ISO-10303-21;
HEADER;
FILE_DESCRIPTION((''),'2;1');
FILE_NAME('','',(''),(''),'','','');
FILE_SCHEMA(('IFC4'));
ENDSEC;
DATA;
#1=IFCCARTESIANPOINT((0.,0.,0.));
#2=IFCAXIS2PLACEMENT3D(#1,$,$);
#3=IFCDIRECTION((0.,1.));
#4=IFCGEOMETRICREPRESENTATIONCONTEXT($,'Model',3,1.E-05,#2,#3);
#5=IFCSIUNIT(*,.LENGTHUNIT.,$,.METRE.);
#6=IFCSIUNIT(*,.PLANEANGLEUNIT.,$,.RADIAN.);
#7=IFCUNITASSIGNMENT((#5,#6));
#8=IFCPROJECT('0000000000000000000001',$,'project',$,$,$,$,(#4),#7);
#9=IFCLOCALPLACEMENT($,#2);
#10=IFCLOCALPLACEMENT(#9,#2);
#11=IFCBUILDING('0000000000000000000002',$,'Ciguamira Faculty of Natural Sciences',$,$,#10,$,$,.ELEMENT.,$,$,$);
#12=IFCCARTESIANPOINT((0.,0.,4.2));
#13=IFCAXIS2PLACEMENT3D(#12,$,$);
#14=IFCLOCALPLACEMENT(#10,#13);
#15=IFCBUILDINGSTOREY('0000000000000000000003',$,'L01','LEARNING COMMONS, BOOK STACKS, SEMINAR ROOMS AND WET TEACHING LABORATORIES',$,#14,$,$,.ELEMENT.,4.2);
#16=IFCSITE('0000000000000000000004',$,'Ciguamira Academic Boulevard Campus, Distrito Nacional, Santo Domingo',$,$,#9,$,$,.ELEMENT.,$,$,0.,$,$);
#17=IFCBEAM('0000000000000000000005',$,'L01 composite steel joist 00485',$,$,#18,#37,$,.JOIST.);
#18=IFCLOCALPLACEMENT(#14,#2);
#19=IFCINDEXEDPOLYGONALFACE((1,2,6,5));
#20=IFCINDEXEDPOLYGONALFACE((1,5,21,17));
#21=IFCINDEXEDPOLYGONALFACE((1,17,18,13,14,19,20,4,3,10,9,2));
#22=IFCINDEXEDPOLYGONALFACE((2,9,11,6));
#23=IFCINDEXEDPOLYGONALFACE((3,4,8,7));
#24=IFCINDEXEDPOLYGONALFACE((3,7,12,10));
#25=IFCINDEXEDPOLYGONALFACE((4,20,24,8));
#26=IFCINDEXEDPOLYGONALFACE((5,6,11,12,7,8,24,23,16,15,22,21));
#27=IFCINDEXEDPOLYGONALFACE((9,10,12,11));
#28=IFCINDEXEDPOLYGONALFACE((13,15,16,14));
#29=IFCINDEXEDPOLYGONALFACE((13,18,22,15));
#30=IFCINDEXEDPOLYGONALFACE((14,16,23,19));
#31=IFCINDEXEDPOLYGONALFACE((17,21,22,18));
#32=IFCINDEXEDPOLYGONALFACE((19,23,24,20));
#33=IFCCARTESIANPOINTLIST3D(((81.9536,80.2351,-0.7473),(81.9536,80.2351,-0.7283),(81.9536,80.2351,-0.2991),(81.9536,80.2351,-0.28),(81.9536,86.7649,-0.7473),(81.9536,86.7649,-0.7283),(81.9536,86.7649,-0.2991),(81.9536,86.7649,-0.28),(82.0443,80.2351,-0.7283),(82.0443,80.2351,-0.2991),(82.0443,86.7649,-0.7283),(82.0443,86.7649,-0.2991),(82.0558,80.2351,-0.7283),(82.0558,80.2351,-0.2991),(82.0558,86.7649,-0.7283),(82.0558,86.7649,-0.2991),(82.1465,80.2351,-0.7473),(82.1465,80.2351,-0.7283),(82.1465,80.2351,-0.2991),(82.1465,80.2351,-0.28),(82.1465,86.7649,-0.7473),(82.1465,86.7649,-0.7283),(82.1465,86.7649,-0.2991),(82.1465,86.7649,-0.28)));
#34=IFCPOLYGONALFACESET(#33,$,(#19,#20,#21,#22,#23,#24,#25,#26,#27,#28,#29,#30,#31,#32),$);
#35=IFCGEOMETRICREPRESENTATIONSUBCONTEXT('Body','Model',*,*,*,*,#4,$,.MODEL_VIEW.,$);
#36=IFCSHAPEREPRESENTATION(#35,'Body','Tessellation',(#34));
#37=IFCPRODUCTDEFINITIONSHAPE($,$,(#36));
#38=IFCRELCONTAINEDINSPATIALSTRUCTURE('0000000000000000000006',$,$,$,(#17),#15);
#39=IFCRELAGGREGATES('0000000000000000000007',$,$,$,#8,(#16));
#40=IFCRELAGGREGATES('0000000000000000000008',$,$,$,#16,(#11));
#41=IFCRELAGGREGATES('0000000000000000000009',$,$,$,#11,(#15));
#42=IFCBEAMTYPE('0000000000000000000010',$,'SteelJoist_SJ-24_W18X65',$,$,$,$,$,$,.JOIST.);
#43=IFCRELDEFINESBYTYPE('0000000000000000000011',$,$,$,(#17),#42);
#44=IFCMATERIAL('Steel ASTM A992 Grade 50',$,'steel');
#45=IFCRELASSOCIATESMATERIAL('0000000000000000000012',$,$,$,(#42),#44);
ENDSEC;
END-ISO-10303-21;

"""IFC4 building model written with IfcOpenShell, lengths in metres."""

from ifc_helpers import new_model, si_unit, direction, frame, origin, origin_2d, place, context, subcontext, project, spatial, i_section, extrude, material, material_profile, profile_set, type_object, element, save


model = new_model("IFC4")

# Units and contexts
model_context = context("Model", 3, precision=1e-05, world=origin(), true_north=direction((0.0, 1.0)))
body_context = subcontext(model_context, "Body", "Model", "MODEL_VIEW")
ifc_project = project(units=[si_unit("LENGTHUNIT", "METRE"), si_unit("PLANEANGLEUNIT", "RADIAN")], contexts=[model_context])

# Site, building, storey
site_placement = place(None, origin())
site = spatial("IfcSite", under=ifc_project, at=site_placement, Name="Ciguamira Academic Boulevard Campus, Distrito Nacional, Santo Domingo", CompositionType="ELEMENT", RefElevation=0.0)
building_placement = place(site_placement, origin())
building = spatial("IfcBuilding", under=site, at=building_placement, Name="Ciguamira Faculty of Natural Sciences", CompositionType="ELEMENT")
storey_placement = place(building_placement, frame((0.0, 0.0, 4.2)))
storey = spatial("IfcBuildingStorey", under=building, at=storey_placement, Name="L01", Description="LEARNING COMMONS, BOOK STACKS, SEMINAR ROOMS AND WET TEACHING LABORATORIES", CompositionType="ELEMENT", Elevation=4.2)

# Beam
ifc_material_1 = material(Name="Steel ASTM A992 Grade 50", Category="steel")
ifc_material_profile_1 = material_profile(ifc_material_1, i_section(OverallWidth=0.1929, OverallDepth=0.4673, WebThickness=0.0115, FlangeThickness=0.019, at=origin_2d()), Name="W18X65")
ifc_profile_set_1 = profile_set([ifc_material_profile_1], Name="Steel ASTM A992 Grade 50")
beam_type_1 = type_object("IfcBeamType", Name="SteelJoist_SJ-24_W18X65", PredefinedType="JOIST", material=ifc_profile_set_1)
beam_1_placement = place(storey_placement, frame((82.05, 80.2351, -0.5137), z_axis=(0.0, 1.0, 0.0), x_axis=(-1.0, 0.0, 0.0)))
element("IfcBeam", 1, at=beam_1_placement, inside=storey, type_object=beam_type_1, Name="L01 composite steel joist 00485", PredefinedType="JOIST", context=body_context, shape_type="SweptSolid", body=[
    extrude(i_section(OverallWidth=0.1929, OverallDepth=0.4673, WebThickness=0.0115, FlangeThickness=0.019, at=origin_2d()), origin(), (0.0, 0.0, 1.0), 6.5298),
])

save(model, "model.ifc")
